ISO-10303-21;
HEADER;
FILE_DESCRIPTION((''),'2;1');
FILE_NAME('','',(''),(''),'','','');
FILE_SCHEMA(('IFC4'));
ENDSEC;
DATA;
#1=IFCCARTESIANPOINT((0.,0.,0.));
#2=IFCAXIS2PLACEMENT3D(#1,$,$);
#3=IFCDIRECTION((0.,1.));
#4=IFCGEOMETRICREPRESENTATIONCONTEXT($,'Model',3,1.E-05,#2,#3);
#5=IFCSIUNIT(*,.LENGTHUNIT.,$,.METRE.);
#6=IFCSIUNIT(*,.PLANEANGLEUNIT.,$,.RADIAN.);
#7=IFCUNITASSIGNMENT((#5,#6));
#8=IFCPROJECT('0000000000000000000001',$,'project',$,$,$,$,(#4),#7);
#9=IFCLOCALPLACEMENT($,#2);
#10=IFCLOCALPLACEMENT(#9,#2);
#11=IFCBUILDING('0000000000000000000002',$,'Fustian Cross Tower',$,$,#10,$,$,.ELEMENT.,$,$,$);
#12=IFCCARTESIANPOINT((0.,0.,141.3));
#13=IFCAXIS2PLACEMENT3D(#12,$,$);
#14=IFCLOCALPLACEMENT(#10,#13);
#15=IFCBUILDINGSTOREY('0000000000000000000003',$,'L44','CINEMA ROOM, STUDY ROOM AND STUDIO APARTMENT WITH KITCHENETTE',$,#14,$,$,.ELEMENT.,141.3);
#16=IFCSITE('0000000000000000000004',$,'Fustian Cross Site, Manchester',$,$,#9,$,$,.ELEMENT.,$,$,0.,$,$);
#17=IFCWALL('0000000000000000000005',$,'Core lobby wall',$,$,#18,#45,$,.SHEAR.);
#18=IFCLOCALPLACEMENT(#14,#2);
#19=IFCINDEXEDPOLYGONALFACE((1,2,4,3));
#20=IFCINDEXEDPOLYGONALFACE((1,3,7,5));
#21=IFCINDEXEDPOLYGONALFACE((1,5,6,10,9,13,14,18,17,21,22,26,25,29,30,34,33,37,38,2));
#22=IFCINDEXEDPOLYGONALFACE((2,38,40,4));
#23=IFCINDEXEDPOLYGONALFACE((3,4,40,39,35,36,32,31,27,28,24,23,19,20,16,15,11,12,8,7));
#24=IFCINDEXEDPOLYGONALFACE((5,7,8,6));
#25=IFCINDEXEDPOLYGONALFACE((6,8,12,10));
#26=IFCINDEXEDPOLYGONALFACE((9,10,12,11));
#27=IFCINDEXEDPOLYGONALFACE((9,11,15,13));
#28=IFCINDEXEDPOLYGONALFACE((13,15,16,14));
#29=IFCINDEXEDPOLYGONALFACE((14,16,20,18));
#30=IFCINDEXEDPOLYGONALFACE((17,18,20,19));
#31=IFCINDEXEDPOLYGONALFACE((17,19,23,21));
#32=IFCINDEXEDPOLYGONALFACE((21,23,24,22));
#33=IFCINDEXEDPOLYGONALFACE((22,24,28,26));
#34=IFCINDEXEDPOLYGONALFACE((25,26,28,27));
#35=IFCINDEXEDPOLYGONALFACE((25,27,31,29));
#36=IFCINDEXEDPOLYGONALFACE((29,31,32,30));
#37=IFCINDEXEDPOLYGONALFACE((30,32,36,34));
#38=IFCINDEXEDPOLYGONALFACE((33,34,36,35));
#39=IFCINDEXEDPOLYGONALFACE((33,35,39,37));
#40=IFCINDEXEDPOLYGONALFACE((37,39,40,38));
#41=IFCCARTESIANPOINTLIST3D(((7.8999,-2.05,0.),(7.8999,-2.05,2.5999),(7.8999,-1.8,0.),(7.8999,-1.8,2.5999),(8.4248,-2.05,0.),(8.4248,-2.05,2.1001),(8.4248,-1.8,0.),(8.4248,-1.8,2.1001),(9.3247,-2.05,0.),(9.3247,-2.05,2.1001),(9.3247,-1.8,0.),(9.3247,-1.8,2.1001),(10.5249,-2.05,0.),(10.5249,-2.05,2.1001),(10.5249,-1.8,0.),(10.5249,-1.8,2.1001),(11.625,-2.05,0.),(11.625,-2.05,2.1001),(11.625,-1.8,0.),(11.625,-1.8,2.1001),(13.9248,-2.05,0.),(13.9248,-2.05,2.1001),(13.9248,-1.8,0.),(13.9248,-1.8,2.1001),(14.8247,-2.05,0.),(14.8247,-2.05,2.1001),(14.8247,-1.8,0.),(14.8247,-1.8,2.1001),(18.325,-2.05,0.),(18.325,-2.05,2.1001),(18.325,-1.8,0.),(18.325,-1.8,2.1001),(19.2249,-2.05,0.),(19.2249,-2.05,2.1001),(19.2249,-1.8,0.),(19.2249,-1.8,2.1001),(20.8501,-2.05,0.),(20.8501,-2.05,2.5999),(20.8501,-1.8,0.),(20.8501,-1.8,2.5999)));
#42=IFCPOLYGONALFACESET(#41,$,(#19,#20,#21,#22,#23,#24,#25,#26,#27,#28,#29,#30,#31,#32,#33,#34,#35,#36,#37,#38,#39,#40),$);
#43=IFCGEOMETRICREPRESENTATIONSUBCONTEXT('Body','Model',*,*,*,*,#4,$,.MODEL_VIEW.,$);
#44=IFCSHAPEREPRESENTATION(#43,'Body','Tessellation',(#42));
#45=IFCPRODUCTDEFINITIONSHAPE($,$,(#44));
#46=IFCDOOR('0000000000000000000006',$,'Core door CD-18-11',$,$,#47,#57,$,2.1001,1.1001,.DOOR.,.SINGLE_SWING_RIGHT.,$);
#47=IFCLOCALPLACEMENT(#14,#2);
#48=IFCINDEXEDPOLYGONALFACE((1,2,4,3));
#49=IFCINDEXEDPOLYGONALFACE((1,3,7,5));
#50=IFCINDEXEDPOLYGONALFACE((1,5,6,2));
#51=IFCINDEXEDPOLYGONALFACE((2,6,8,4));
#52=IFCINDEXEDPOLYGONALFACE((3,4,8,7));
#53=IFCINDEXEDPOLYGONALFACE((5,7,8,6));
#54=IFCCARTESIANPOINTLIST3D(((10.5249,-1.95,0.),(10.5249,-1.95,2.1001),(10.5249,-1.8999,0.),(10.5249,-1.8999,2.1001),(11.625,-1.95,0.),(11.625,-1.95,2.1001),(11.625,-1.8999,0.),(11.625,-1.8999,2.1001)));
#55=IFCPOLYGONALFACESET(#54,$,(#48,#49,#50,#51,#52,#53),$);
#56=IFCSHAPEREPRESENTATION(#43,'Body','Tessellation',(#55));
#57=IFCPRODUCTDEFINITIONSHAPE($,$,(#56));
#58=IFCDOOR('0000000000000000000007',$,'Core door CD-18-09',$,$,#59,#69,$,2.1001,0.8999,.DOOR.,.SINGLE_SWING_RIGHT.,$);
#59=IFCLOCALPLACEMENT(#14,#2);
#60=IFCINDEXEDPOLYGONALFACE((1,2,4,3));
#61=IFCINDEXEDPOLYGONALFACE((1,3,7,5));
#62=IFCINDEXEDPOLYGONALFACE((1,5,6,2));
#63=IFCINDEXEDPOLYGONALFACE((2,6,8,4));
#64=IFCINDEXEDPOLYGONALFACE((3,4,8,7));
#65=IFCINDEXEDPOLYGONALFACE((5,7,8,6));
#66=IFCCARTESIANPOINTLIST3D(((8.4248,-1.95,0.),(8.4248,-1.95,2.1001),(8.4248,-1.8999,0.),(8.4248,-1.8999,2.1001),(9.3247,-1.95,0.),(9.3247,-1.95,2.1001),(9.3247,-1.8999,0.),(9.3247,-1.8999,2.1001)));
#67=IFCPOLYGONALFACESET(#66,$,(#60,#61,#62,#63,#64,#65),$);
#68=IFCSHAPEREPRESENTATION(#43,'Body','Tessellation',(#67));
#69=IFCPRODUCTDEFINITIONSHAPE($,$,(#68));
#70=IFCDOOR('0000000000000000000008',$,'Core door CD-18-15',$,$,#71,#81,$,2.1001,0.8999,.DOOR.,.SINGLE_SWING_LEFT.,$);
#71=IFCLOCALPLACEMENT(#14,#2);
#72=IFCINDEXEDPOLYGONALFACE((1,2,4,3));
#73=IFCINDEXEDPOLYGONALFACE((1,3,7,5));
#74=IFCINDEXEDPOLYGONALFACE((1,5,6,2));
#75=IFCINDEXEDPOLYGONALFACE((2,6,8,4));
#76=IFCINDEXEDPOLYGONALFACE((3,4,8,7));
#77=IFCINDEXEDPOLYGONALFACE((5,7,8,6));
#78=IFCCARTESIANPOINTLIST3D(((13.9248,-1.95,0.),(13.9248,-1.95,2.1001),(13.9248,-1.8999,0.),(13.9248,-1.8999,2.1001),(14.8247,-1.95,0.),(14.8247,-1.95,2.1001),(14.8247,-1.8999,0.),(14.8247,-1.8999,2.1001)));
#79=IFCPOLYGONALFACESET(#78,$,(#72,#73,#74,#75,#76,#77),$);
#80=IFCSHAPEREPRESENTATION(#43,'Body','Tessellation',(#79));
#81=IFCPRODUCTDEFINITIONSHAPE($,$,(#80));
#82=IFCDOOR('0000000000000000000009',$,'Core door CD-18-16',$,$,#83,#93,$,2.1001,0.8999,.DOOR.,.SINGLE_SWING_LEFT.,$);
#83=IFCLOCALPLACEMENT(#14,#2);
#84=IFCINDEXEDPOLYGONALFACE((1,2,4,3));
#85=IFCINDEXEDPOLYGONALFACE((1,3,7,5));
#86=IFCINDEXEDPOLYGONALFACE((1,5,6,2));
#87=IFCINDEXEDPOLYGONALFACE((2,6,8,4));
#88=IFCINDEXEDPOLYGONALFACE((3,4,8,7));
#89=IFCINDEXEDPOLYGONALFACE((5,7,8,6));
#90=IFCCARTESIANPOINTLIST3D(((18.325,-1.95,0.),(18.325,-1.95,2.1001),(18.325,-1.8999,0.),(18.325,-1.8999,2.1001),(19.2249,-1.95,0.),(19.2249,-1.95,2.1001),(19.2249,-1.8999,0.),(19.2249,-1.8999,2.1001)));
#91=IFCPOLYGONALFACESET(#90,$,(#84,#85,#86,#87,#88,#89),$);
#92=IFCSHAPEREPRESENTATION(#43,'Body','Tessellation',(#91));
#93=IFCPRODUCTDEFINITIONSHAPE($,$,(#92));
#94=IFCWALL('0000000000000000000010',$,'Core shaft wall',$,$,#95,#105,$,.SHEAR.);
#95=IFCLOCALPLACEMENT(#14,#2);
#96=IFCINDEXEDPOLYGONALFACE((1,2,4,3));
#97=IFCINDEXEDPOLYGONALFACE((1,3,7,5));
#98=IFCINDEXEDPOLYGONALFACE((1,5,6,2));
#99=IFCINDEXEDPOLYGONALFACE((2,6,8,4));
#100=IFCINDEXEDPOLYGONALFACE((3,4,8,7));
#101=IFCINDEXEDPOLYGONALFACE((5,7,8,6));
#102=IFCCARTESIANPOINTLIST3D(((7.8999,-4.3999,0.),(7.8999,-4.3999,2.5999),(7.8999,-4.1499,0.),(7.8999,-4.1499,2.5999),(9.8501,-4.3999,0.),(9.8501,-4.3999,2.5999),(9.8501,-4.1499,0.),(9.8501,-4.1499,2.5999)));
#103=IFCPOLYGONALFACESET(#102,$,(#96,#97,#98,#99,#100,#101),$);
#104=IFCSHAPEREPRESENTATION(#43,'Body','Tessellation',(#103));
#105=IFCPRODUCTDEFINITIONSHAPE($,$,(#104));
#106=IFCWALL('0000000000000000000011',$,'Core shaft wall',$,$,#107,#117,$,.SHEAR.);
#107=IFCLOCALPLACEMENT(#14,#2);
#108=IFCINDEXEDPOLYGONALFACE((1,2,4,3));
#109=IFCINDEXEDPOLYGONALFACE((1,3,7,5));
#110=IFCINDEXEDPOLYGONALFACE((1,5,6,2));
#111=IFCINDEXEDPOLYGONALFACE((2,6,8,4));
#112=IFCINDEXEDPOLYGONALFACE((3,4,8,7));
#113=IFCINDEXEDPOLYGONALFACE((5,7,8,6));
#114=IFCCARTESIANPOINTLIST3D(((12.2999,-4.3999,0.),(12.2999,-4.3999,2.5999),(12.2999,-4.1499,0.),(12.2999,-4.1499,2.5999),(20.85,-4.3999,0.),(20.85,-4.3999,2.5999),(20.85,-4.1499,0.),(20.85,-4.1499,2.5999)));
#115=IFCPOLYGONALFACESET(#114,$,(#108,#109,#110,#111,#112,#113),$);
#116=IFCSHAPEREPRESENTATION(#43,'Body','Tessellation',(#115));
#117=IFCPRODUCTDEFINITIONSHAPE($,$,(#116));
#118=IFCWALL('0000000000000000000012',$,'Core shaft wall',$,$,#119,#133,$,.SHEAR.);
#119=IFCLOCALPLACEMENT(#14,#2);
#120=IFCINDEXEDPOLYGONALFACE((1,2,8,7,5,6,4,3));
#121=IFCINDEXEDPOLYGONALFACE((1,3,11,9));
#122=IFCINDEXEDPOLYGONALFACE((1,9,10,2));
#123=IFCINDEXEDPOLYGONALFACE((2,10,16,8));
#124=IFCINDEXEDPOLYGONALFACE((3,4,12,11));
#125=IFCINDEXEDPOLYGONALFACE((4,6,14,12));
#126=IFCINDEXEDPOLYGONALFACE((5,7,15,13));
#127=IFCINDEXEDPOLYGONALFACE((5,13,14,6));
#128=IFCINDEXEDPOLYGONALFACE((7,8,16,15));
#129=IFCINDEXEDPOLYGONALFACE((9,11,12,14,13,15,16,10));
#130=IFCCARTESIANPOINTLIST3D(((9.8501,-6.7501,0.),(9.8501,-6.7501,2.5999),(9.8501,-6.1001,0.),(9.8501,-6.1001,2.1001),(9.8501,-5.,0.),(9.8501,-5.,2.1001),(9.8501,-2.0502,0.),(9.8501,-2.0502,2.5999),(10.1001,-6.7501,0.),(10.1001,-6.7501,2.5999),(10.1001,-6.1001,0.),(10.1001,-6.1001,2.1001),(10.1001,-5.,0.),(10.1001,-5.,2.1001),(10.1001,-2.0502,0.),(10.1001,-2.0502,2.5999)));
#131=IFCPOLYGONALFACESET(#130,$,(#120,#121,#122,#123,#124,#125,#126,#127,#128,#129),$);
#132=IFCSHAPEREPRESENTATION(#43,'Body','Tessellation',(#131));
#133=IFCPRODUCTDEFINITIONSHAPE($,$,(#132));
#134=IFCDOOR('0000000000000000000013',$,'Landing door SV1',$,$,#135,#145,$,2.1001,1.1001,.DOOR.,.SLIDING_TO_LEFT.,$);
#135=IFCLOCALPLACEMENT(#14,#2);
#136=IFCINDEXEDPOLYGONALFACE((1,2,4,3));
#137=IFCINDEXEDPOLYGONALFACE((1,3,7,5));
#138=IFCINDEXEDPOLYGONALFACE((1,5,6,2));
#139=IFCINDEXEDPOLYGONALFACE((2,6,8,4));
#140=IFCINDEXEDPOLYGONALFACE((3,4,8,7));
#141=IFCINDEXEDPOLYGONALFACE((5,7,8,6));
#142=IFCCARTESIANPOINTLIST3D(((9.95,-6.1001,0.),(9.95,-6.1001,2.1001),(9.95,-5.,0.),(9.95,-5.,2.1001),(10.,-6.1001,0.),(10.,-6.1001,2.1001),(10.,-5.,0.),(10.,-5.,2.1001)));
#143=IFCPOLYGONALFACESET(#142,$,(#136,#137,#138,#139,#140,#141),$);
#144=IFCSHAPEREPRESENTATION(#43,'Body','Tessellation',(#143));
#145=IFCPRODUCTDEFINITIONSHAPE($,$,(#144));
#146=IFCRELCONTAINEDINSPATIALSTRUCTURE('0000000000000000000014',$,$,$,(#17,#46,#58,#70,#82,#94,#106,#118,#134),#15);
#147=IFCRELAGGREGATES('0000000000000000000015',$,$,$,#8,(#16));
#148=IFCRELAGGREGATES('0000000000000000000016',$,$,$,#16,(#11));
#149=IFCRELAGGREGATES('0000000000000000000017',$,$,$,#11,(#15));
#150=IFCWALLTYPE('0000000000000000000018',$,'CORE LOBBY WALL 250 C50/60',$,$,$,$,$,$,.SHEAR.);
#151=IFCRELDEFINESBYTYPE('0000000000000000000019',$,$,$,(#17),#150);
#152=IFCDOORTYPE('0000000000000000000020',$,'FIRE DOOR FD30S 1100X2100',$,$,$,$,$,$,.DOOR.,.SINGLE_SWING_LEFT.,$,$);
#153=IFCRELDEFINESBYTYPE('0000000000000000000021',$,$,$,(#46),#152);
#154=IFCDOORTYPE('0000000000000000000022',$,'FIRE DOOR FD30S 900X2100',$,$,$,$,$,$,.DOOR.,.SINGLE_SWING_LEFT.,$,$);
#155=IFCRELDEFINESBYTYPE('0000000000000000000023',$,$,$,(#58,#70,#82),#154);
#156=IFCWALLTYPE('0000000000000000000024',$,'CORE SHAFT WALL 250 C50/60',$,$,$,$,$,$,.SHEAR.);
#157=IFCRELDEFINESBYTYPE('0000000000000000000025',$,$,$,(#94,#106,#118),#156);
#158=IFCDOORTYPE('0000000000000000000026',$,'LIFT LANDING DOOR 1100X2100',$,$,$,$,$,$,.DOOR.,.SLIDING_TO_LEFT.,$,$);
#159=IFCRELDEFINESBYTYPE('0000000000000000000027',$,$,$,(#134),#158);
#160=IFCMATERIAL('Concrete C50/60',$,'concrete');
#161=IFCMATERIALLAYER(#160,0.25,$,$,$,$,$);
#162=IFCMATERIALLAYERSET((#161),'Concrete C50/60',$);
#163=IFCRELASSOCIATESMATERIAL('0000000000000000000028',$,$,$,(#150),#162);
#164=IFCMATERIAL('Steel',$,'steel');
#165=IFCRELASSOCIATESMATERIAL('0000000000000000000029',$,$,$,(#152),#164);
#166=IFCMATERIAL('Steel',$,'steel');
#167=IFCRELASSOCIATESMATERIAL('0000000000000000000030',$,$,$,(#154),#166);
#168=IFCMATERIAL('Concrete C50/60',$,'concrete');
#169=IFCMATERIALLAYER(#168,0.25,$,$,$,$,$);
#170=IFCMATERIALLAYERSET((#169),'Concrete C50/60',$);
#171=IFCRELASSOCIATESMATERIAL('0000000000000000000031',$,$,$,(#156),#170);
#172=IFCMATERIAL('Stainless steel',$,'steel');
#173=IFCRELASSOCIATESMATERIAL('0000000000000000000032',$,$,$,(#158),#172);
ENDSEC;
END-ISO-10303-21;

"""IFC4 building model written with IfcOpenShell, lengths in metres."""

from ifc_helpers import new_model, si_unit, direction, frame, frame_2d, origin, place, context, subcontext, project, spatial, rectangle, extrude, material, layer, layer_set, type_object, element, fill, save


model = new_model("IFC4")

# Units and contexts
model_context = context("Model", 3, precision=1e-05, world=origin(), true_north=direction((0.0, 1.0)))
body_context = subcontext(model_context, "Body", "Model", "MODEL_VIEW")
ifc_project = project(units=[si_unit("LENGTHUNIT", "METRE"), si_unit("PLANEANGLEUNIT", "RADIAN")], contexts=[model_context])

# Site, building, storey
site_placement = place(None, origin())
site = spatial("IfcSite", under=ifc_project, at=site_placement, Name="Fustian Cross Site, Manchester", CompositionType="ELEMENT", RefElevation=0.0)
building_placement = place(site_placement, origin())
building = spatial("IfcBuilding", under=site, at=building_placement, Name="Fustian Cross Tower", CompositionType="ELEMENT")
storey_placement = place(building_placement, frame((0.0, 0.0, 141.3)))
storey = spatial("IfcBuildingStorey", under=building, at=storey_placement, Name="L44", Description="CINEMA ROOM, STUDY ROOM AND STUDIO APARTMENT WITH KITCHENETTE", CompositionType="ELEMENT", Elevation=141.3)

# Wall, openings, doors
ifc_material_1 = material(Name="Concrete C50/60", Category="concrete")
ifc_layer_1 = layer(ifc_material_1, 0.25)
ifc_layer_set_1 = layer_set([ifc_layer_1], Name="Concrete C50/60")
wall_type_1 = type_object("IfcWallType", Name="CORE LOBBY WALL 250 C50/60", PredefinedType="SHEAR", material=ifc_layer_set_1)
wall_1_placement = place(storey_placement, frame((7.8999, -1.925, 0.0), z_axis=(0.0, 0.0, 1.0), x_axis=(1.0, 0.0, 0.0)))
wall_1 = element("IfcWall", 1, at=wall_1_placement, inside=storey, type_object=wall_type_1, Name="Core lobby wall", PredefinedType="SHEAR", context=body_context, shape_type="SweptSolid", body=[
    extrude(rectangle(XDim=12.9502, YDim=0.25, at=frame_2d((6.4751, 0.0))), origin(), (0.0, 0.0, 1.0), 2.5999),
])
opening_1_placement = place(wall_1_placement, frame((0.5249, 0.0, 0.0)))
opening_1 = element("IfcOpeningElement", 2, at=opening_1_placement, cuts=wall_1, PredefinedType="OPENING", context=body_context, shape_type="SweptSolid", body=[
    extrude(rectangle(XDim=0.8999, YDim=2.1001, at=frame_2d((0.45, 1.05))), frame((0.0, 0.135, 0.0), z_axis=(0.0, -1.0, 0.0), x_axis=(1.0, 0.0, 0.0)), (0.0, 0.0, 1.0), 0.27),
])
opening_2_placement = place(wall_1_placement, frame((2.625, 0.0, 0.0)))
opening_2 = element("IfcOpeningElement", 3, at=opening_2_placement, cuts=wall_1, PredefinedType="OPENING", context=body_context, shape_type="SweptSolid", body=[
    extrude(rectangle(XDim=1.1001, YDim=2.1001, at=frame_2d((0.55, 1.05))), frame((0.0, 0.135, 0.0), z_axis=(0.0, -1.0, 0.0), x_axis=(1.0, 0.0, 0.0)), (0.0, 0.0, 1.0), 0.27),
])
opening_3_placement = place(wall_1_placement, frame((6.0249, 0.0, 0.0)))
opening_3 = element("IfcOpeningElement", 4, at=opening_3_placement, cuts=wall_1, PredefinedType="OPENING", context=body_context, shape_type="SweptSolid", body=[
    extrude(rectangle(XDim=0.8999, YDim=2.1001, at=frame_2d((0.45, 1.05))), frame((0.0, 0.135, 0.0), z_axis=(0.0, -1.0, 0.0), x_axis=(1.0, 0.0, 0.0)), (0.0, 0.0, 1.0), 0.27),
])
opening_4_placement = place(wall_1_placement, frame((10.425, 0.0, 0.0)))
opening_4 = element("IfcOpeningElement", 5, at=opening_4_placement, cuts=wall_1, PredefinedType="OPENING", context=body_context, shape_type="SweptSolid", body=[
    extrude(rectangle(XDim=0.8999, YDim=2.1001, at=frame_2d((0.45, 1.05))), frame((0.0, 0.135, 0.0), z_axis=(0.0, -1.0, 0.0), x_axis=(1.0, 0.0, 0.0)), (0.0, 0.0, 1.0), 0.27),
])
ifc_material_2 = material(Name="Steel", Category="steel")
door_type_1 = type_object("IfcDoorType", Name="FIRE DOOR FD30S 1100X2100", OperationType="SINGLE_SWING_LEFT", PredefinedType="DOOR", material=ifc_material_2)
door_1_placement = place(opening_2_placement, frame((1.1001, 0.0, 0.0), z_axis=(0.0, 0.0, 1.0), x_axis=(-1.0, 0.0, 0.0)))
door_1 = element("IfcDoor", 6, at=door_1_placement, inside=storey, type_object=door_type_1, Name="Core door CD-18-11", OperationType="SINGLE_SWING_RIGHT", OverallHeight=2.1001, OverallWidth=1.1001, PredefinedType="DOOR", context=body_context, shape_type="SweptSolid", body=[
    extrude(rectangle(XDim=1.1001, YDim=2.1001, at=frame_2d((0.55, 1.05))), frame((0.0, 0.0249, 0.0), z_axis=(0.0, -1.0, 0.0), x_axis=(1.0, 0.0, 0.0)), (0.0, 0.0, 1.0), 0.05),
])
fill(opening_2, door_1)
ifc_material_3 = material(Name="Steel", Category="steel")
door_type_2 = type_object("IfcDoorType", Name="FIRE DOOR FD30S 900X2100", OperationType="SINGLE_SWING_LEFT", PredefinedType="DOOR", material=ifc_material_3)
door_2_placement = place(opening_1_placement, frame((0.8999, 0.0, 0.0), z_axis=(0.0, 0.0, 1.0), x_axis=(-1.0, 0.0, 0.0)))
door_2 = element("IfcDoor", 7, at=door_2_placement, inside=storey, type_object=door_type_2, Name="Core door CD-18-09", OperationType="SINGLE_SWING_RIGHT", OverallHeight=2.1001, OverallWidth=0.8999, PredefinedType="DOOR", context=body_context, shape_type="SweptSolid", body=[
    extrude(rectangle(XDim=0.8999, YDim=2.1001, at=frame_2d((0.45, 1.05))), frame((0.0, 0.0249, 0.0), z_axis=(0.0, -1.0, 0.0), x_axis=(1.0, 0.0, 0.0)), (0.0, 0.0, 1.0), 0.05),
])
fill(opening_1, door_2)
door_3_placement = place(opening_3_placement, frame((0.8999, 0.0, 0.0), z_axis=(0.0, 0.0, 1.0), x_axis=(-1.0, 0.0, 0.0)))
door_3 = element("IfcDoor", 8, at=door_3_placement, inside=storey, type_object=door_type_2, Name="Core door CD-18-15", OperationType="SINGLE_SWING_LEFT", OverallHeight=2.1001, OverallWidth=0.8999, PredefinedType="DOOR", context=body_context, shape_type="SweptSolid", body=[
    extrude(rectangle(XDim=0.8999, YDim=2.1001, at=frame_2d((0.45, 1.05))), frame((0.0, 0.0249, 0.0), z_axis=(0.0, -1.0, 0.0), x_axis=(1.0, 0.0, 0.0)), (0.0, 0.0, 1.0), 0.05),
])
fill(opening_3, door_3)
door_4_placement = place(opening_4_placement, frame((0.8999, 0.0, 0.0), z_axis=(0.0, 0.0, 1.0), x_axis=(-1.0, 0.0, 0.0)))
door_4 = element("IfcDoor", 9, at=door_4_placement, inside=storey, type_object=door_type_2, Name="Core door CD-18-16", OperationType="SINGLE_SWING_LEFT", OverallHeight=2.1001, OverallWidth=0.8999, PredefinedType="DOOR", context=body_context, shape_type="SweptSolid", body=[
    extrude(rectangle(XDim=0.8999, YDim=2.1001, at=frame_2d((0.45, 1.05))), frame((0.0, 0.0249, 0.0), z_axis=(0.0, -1.0, 0.0), x_axis=(1.0, 0.0, 0.0)), (0.0, 0.0, 1.0), 0.05),
])
fill(opening_4, door_4)

# Walls
ifc_material_4 = material(Name="Concrete C50/60", Category="concrete")
ifc_layer_2 = layer(ifc_material_4, 0.25)
ifc_layer_set_2 = layer_set([ifc_layer_2], Name="Concrete C50/60")
wall_type_2 = type_object("IfcWallType", Name="CORE SHAFT WALL 250 C50/60", PredefinedType="SHEAR", material=ifc_layer_set_2)
wall_2_placement = place(storey_placement, frame((7.8999, -4.2749, 0.0), z_axis=(0.0, 0.0, 1.0), x_axis=(1.0, 0.0, 0.0)))
element("IfcWall", 10, at=wall_2_placement, inside=storey, type_object=wall_type_2, Name="Core shaft wall", PredefinedType="SHEAR", context=body_context, shape_type="SweptSolid", body=[
    extrude(rectangle(XDim=1.9502, YDim=0.25, at=frame_2d((0.9751, 0.0))), origin(), (0.0, 0.0, 1.0), 2.5999),
])
wall_3_placement = place(storey_placement, frame((12.3, -4.2749, 0.0), z_axis=(0.0, 0.0, 1.0), x_axis=(1.0, 0.0, 0.0)))
element("IfcWall", 11, at=wall_3_placement, inside=storey, type_object=wall_type_2, Name="Core shaft wall", PredefinedType="SHEAR", context=body_context, shape_type="SweptSolid", body=[
    extrude(rectangle(XDim=8.55, YDim=0.25, at=frame_2d((4.2749, 0.0))), origin(), (0.0, 0.0, 1.0), 2.5999),
])

# Wall, opening, door
wall_4_placement = place(storey_placement, frame((9.9751, -2.05, 0.0), z_axis=(0.0, 0.0, 1.0), x_axis=(0.0, -1.0, 0.0)))
wall_4 = element("IfcWall", 12, at=wall_4_placement, inside=storey, type_object=wall_type_2, Name="Core shaft wall", PredefinedType="SHEAR", context=body_context, shape_type="SweptSolid", body=[
    extrude(rectangle(XDim=4.7, YDim=0.25, at=frame_2d((2.3501, 0.0))), origin(), (0.0, 0.0, 1.0), 2.5999),
])
opening_5_placement = place(wall_4_placement, frame((2.95, 0.0, 0.0)))
opening_5 = element("IfcOpeningElement", 13, at=opening_5_placement, cuts=wall_4, PredefinedType="OPENING", context=body_context, shape_type="SweptSolid", body=[
    extrude(rectangle(XDim=1.1001, YDim=2.1001, at=frame_2d((0.55, 1.05))), frame((0.0, 0.135, 0.0), z_axis=(0.0, -1.0, 0.0), x_axis=(1.0, 0.0, 0.0)), (0.0, 0.0, 1.0), 0.27),
])
ifc_material_5 = material(Name="Stainless steel", Category="steel")
door_type_3 = type_object("IfcDoorType", Name="LIFT LANDING DOOR 1100X2100", OperationType="SLIDING_TO_LEFT", PredefinedType="DOOR", material=ifc_material_5)
door_5_placement = place(opening_5_placement, origin())
door_5 = element("IfcDoor", 14, at=door_5_placement, inside=storey, type_object=door_type_3, Name="Landing door SV1", OperationType="SLIDING_TO_LEFT", OverallHeight=2.1001, OverallWidth=1.1001, PredefinedType="DOOR", context=body_context, shape_type="SweptSolid", body=[
    extrude(rectangle(XDim=1.1001, YDim=2.1001, at=frame_2d((0.55, 1.05))), frame((0.0, 0.0249, 0.0), z_axis=(0.0, -1.0, 0.0), x_axis=(1.0, 0.0, 0.0)), (0.0, 0.0, 1.0), 0.05),
])
fill(opening_5, door_5)

save(model, "model.ifc")
